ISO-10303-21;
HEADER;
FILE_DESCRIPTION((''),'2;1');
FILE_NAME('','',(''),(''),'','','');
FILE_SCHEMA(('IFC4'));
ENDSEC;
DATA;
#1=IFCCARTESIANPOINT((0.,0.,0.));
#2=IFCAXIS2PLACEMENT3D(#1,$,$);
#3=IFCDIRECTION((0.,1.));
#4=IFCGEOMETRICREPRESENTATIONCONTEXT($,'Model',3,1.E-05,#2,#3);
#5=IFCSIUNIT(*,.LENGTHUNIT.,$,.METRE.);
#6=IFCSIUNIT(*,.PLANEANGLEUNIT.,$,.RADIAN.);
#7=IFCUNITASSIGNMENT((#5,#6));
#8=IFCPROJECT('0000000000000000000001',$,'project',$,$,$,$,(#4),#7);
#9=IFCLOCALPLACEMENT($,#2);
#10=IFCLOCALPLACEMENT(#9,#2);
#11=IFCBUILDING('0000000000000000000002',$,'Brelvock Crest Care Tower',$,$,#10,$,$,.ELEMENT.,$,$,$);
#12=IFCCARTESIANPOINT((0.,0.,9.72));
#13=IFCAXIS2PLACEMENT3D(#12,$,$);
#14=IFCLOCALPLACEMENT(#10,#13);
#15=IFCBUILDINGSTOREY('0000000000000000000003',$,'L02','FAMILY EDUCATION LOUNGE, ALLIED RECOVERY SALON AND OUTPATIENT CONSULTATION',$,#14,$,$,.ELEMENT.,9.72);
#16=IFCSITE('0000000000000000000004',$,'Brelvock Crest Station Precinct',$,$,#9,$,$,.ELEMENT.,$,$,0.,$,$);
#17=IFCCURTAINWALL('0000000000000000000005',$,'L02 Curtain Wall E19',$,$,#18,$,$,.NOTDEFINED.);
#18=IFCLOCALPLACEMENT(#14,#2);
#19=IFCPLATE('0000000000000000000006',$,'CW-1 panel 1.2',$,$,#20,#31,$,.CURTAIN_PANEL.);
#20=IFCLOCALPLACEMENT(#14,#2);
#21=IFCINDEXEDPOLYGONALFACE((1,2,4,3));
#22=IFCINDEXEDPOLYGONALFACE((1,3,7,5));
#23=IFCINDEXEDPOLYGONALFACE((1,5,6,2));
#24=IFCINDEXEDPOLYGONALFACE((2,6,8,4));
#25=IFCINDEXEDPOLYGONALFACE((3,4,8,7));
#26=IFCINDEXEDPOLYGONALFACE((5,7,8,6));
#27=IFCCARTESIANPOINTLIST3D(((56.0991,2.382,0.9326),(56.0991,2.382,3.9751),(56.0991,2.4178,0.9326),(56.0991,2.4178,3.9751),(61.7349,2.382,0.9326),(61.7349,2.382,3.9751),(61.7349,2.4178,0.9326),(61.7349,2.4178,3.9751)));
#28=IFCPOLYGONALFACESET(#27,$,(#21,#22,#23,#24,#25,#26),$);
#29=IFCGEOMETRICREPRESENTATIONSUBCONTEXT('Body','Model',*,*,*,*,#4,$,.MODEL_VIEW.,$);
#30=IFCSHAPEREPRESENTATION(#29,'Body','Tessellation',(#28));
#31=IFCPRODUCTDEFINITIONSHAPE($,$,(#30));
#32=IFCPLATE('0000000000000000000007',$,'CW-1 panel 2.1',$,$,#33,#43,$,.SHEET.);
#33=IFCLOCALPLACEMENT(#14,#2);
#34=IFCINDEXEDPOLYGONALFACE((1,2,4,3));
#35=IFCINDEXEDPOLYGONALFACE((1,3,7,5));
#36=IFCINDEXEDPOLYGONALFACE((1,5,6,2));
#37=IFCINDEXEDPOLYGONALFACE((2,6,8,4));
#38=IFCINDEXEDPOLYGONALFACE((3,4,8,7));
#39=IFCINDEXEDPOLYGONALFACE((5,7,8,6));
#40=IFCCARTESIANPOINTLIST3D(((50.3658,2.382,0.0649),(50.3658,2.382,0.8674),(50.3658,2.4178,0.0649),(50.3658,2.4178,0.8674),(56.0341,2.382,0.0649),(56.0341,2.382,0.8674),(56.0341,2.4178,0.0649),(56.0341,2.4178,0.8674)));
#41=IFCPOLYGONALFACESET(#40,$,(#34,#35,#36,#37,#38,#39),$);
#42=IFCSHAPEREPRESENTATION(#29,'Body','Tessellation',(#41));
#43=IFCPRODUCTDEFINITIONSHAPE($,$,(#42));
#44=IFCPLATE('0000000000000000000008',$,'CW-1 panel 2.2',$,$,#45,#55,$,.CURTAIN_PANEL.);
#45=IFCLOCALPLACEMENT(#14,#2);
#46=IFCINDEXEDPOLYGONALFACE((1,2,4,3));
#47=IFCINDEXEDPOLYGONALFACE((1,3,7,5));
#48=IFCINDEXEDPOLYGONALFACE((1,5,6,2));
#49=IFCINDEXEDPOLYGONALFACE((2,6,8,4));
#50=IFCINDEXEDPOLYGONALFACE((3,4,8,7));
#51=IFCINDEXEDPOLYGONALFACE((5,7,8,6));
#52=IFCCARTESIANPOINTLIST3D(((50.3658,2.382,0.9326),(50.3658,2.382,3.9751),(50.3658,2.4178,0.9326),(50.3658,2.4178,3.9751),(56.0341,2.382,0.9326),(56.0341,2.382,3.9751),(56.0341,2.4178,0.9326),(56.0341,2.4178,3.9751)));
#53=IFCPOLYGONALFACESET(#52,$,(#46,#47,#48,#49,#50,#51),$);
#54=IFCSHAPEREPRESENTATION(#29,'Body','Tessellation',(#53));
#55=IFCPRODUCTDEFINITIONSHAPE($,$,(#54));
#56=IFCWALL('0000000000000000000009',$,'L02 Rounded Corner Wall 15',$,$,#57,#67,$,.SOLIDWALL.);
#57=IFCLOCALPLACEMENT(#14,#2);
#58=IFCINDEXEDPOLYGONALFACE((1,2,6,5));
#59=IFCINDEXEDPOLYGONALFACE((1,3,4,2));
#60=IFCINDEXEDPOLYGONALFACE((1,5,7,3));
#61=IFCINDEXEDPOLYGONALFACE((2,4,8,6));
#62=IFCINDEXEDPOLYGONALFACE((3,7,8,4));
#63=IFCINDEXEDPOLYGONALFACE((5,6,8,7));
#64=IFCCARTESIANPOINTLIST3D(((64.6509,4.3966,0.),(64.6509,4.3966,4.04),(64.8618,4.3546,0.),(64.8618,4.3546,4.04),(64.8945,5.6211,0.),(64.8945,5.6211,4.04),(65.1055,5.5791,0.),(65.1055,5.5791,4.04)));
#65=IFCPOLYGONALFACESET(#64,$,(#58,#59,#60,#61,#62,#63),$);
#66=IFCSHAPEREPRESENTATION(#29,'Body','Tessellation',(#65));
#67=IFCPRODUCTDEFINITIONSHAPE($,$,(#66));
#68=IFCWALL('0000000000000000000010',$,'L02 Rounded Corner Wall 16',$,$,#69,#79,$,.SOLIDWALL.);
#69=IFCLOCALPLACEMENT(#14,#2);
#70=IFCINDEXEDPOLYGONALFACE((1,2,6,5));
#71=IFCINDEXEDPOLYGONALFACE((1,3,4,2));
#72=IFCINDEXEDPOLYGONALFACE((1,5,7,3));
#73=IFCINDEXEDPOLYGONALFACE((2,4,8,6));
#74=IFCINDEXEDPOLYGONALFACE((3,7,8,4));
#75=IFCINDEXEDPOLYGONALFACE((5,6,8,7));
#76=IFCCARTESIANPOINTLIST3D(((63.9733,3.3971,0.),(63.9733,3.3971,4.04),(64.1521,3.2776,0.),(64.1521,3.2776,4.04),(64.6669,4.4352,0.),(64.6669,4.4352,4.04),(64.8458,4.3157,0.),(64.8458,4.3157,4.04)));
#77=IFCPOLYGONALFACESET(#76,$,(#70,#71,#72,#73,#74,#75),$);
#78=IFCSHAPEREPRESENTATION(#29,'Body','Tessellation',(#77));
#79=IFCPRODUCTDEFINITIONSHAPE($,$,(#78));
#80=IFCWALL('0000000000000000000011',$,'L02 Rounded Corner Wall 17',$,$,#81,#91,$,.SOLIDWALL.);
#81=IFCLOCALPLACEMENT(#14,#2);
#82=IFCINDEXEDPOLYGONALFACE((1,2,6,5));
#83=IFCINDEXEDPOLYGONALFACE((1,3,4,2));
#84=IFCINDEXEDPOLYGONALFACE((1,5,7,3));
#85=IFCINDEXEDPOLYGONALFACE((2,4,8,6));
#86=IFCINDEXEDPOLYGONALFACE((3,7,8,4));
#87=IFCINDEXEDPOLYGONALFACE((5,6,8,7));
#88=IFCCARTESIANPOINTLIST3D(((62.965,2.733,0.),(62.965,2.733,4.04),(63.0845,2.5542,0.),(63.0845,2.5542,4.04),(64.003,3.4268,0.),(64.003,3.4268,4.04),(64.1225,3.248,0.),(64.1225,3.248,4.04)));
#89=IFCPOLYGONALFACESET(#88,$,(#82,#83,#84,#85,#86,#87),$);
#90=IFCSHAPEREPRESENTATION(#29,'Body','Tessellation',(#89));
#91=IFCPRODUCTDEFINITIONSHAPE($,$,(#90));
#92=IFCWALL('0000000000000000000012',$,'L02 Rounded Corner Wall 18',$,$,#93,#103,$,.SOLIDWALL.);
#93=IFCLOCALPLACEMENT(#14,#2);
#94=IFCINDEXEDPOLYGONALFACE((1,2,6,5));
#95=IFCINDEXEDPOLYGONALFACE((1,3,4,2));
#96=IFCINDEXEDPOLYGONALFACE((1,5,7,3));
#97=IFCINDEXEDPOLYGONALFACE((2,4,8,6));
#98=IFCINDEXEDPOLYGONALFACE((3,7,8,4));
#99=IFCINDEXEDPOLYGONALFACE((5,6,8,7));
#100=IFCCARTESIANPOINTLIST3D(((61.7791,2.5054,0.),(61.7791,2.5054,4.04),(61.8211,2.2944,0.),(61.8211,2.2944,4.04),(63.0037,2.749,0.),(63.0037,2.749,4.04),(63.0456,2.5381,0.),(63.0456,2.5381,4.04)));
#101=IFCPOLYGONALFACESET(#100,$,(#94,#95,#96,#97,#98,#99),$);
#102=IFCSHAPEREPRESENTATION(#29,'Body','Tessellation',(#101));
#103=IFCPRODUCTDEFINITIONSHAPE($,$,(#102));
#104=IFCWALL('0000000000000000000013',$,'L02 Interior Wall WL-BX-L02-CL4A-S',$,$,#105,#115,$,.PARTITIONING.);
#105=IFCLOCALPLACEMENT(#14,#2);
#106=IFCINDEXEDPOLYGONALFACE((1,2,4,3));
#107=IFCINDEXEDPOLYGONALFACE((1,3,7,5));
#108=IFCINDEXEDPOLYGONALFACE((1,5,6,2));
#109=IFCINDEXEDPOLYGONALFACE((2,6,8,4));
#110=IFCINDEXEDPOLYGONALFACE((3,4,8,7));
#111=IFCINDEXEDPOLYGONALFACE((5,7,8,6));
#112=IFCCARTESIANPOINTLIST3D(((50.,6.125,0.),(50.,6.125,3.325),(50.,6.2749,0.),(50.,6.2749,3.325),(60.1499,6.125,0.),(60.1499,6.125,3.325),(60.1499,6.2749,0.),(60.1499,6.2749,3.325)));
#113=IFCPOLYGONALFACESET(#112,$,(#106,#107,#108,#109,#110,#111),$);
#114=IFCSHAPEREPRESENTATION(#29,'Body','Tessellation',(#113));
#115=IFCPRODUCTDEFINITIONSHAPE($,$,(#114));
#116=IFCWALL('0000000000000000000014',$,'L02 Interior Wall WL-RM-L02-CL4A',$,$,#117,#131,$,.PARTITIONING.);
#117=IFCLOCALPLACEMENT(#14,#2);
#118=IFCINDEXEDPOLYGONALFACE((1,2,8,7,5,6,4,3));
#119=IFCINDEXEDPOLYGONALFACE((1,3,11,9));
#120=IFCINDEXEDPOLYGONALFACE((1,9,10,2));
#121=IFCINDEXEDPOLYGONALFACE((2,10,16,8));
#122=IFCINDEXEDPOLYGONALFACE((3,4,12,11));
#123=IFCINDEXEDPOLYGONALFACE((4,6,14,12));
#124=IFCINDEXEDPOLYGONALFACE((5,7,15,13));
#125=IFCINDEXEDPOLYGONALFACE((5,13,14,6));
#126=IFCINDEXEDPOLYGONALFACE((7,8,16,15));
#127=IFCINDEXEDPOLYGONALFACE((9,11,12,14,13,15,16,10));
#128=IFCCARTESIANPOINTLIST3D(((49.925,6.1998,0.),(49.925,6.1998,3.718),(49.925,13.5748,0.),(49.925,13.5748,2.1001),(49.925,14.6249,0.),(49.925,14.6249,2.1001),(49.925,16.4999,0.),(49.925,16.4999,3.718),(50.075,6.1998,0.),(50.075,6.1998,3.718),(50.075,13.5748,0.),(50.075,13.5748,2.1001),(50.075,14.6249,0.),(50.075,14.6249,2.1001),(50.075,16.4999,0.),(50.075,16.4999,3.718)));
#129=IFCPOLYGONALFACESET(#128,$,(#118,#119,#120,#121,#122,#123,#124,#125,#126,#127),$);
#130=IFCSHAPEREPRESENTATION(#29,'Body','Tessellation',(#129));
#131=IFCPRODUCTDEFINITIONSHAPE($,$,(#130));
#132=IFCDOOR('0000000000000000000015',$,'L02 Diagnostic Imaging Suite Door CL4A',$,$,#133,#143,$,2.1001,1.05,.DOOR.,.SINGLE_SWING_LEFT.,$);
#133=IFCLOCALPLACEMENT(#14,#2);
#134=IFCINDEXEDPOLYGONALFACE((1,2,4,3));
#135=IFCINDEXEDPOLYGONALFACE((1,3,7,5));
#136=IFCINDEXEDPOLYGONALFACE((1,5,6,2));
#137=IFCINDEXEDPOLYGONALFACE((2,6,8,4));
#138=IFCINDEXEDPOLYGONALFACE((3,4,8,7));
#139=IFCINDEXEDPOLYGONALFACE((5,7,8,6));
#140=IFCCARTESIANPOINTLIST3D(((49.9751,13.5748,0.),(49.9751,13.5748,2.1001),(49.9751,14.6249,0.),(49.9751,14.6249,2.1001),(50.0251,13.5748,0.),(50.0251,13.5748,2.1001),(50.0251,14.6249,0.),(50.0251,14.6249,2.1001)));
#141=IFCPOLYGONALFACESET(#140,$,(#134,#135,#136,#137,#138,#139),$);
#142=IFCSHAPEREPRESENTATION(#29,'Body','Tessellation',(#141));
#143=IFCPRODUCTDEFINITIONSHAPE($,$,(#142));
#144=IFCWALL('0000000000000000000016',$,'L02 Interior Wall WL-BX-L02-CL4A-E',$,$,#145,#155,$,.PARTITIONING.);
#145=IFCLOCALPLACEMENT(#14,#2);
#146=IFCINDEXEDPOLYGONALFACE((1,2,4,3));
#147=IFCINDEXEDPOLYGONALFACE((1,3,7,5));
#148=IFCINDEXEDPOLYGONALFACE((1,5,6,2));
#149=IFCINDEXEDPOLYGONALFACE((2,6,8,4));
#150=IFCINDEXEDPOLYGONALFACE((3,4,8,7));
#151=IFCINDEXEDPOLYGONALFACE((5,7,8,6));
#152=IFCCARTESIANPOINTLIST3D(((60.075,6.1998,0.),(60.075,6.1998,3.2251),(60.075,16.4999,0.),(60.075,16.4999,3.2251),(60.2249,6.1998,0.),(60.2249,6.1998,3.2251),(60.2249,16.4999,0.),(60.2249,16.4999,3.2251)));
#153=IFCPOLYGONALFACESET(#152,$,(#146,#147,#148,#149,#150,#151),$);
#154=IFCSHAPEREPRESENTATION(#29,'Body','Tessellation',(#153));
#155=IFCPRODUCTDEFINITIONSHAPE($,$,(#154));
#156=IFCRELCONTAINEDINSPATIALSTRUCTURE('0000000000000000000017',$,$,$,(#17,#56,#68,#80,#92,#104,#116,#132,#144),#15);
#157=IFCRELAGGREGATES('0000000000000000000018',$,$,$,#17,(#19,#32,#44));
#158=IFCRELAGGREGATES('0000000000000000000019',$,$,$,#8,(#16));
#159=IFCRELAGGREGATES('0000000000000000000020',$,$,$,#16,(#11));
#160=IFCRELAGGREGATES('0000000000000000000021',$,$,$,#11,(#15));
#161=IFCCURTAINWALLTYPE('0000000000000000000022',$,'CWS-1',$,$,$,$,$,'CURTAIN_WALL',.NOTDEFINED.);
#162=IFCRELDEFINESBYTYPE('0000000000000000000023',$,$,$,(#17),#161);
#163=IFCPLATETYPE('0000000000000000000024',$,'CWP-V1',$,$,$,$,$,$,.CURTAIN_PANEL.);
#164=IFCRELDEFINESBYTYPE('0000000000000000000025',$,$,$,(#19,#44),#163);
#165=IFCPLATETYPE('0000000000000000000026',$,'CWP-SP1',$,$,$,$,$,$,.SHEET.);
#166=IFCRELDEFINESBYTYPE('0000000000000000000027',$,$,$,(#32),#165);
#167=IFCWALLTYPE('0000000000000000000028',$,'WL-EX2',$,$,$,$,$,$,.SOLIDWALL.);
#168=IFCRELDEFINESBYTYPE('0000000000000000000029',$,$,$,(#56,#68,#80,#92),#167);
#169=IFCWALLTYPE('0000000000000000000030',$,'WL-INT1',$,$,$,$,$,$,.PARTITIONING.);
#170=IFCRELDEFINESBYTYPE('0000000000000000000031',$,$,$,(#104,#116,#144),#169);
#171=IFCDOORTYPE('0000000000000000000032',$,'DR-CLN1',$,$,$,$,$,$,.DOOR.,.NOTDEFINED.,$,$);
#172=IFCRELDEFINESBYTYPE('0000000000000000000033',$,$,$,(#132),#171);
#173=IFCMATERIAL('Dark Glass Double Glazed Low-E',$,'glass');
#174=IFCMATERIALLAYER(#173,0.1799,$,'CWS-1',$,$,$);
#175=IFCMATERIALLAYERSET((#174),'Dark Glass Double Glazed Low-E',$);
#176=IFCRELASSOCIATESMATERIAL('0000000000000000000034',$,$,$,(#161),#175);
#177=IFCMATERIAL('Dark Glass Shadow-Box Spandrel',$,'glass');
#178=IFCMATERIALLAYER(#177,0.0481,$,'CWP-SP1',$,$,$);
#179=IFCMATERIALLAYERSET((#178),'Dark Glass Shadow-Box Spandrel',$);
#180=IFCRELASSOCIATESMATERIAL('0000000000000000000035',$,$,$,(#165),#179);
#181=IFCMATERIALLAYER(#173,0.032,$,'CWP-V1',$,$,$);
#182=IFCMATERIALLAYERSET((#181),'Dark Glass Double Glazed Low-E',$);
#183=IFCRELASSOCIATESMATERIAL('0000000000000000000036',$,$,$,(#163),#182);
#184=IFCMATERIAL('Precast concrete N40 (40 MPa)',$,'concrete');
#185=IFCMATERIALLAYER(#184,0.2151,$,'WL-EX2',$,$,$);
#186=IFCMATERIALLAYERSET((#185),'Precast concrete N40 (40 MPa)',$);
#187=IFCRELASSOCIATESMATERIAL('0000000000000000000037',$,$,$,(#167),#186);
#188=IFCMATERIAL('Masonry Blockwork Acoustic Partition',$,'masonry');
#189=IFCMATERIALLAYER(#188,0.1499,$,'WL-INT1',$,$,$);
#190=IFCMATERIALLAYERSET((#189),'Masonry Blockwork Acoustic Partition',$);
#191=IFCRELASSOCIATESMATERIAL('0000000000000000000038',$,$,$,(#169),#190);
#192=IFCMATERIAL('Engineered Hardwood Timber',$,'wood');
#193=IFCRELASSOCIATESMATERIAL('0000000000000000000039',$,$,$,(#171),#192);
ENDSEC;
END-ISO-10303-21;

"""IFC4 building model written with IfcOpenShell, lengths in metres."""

from ifc_helpers import new_model, si_unit, direction, frame, frame_2d, origin, origin_2d, place, context, subcontext, project, spatial, rectangle, extrude, source, transform, mapped, material, layer, layer_set, type_object, element, fill, aggregate, save


model = new_model("IFC4")

# Units and contexts
model_context = context("Model", 3, precision=1e-05, world=origin(), true_north=direction((0.0, 1.0)))
body_context = subcontext(model_context, "Body", "Model", "MODEL_VIEW")
ifc_project = project(units=[si_unit("LENGTHUNIT", "METRE"), si_unit("PLANEANGLEUNIT", "RADIAN")], contexts=[model_context])

# Site, building, storey
site_placement = place(None, origin())
site = spatial("IfcSite", under=ifc_project, at=site_placement, Name="Brelvock Crest Station Precinct", CompositionType="ELEMENT", RefElevation=0.0)
building_placement = place(site_placement, origin())
building = spatial("IfcBuilding", under=site, at=building_placement, Name="Brelvock Crest Care Tower", CompositionType="ELEMENT")
storey_placement = place(building_placement, frame((0.0, 0.0, 9.72)))
storey = spatial("IfcBuildingStorey", under=building, at=storey_placement, Name="L02", Description="FAMILY EDUCATION LOUNGE, ALLIED RECOVERY SALON AND OUTPATIENT CONSULTATION", CompositionType="ELEMENT", Elevation=9.72)

# Curtain wall
ifc_material_1 = material(Name="Dark Glass Double Glazed Low-E", Category="glass")
ifc_layer_1 = layer(ifc_material_1, 0.1799, Name="CWS-1")
ifc_layer_set_1 = layer_set([ifc_layer_1], Name="Dark Glass Double Glazed Low-E")
curtain_wall_type = type_object("IfcCurtainWallType", Name="CWS-1", ElementType="CURTAIN_WALL", PredefinedType="NOTDEFINED", material=ifc_layer_set_1)
curtain_wall_1_placement = place(storey_placement, origin())
curtain_wall_1 = element("IfcCurtainWall", 1, at=curtain_wall_1_placement, inside=storey, type_object=curtain_wall_type, Name="L02 Curtain Wall E19", PredefinedType="NOTDEFINED")

# Plates
ifc_material_2 = material(Name="Dark Glass Shadow-Box Spandrel", Category="glass")
ifc_layer_2 = layer(ifc_material_2, 0.0481, Name="CWP-SP1")
ifc_layer_set_2 = layer_set([ifc_layer_2], Name="Dark Glass Shadow-Box Spandrel")
plate_type_1 = type_object("IfcPlateType", Name="CWP-SP1", PredefinedType="SHEET", material=ifc_layer_set_2)
ifc_layer_3 = layer(ifc_material_1, 0.032, Name="CWP-V1")
ifc_layer_set_3 = layer_set([ifc_layer_3], Name="Dark Glass Double Glazed Low-E")
plate_type_2 = type_object("IfcPlateType", Name="CWP-V1", PredefinedType="CURTAIN_PANEL", material=ifc_layer_set_3)
shared_shape_1 = source(origin(), body_context, "Body", "SweptSolid", [
    extrude(rectangle(XDim=5.6357, YDim=0.0359, at=origin_2d()), origin(), (0.0, 0.0, 1.0), 3.0425),
])
plate_1_placement = place(storey_placement, frame((58.917, 2.3999, 0.9326), z_axis=(0.0, 0.0, 1.0), x_axis=(-1.0, 0.0, 0.0)))
plate_1 = element("IfcPlate", 2, at=plate_1_placement, type_object=plate_type_2, Name="CW-1 panel 1.2", PredefinedType="CURTAIN_PANEL", context=body_context, shape_type="MappedRepresentation", body=[
    mapped(shared_shape_1, transform((0.0, 0.0, 0.0), x_axis=(1.0, 0.0, 0.0), y_axis=(0.0, 1.0, 0.0), z_axis=(0.0, 0.0, 1.0), scale=1.0)),
])
shared_shape_2 = source(origin(), body_context, "Body", "SweptSolid", [
    extrude(rectangle(XDim=5.6682, YDim=0.0359, at=origin_2d()), origin(), (0.0, 0.0, 1.0), 0.8025),
])
plate_2_placement = place(storey_placement, frame((53.2, 2.3999, 0.0649), z_axis=(0.0, 0.0, 1.0), x_axis=(-1.0, 0.0, 0.0)))
plate_2 = element("IfcPlate", 3, at=plate_2_placement, type_object=plate_type_1, Name="CW-1 panel 2.1", PredefinedType="SHEET", context=body_context, shape_type="MappedRepresentation", body=[
    mapped(shared_shape_2, transform((0.0, 0.0, 0.0), x_axis=(1.0, 0.0, 0.0), y_axis=(0.0, 1.0, 0.0), z_axis=(0.0, 0.0, 1.0), scale=1.0)),
])
shared_shape_3 = source(origin(), body_context, "Body", "SweptSolid", [
    extrude(rectangle(XDim=5.6682, YDim=0.0359, at=origin_2d()), origin(), (0.0, 0.0, 1.0), 3.0425),
])
plate_3_placement = place(storey_placement, frame((53.2, 2.3999, 0.9326), z_axis=(0.0, 0.0, 1.0), x_axis=(-1.0, 0.0, 0.0)))
plate_3 = element("IfcPlate", 4, at=plate_3_placement, type_object=plate_type_2, Name="CW-1 panel 2.2", PredefinedType="CURTAIN_PANEL", context=body_context, shape_type="MappedRepresentation", body=[
    mapped(shared_shape_3, transform((0.0, 0.0, 0.0), x_axis=(1.0, 0.0, 0.0), y_axis=(0.0, 1.0, 0.0), z_axis=(0.0, 0.0, 1.0), scale=1.0)),
])
aggregate(curtain_wall_1, [plate_1, plate_2, plate_3])

# Walls
ifc_material_3 = material(Name="Precast concrete N40 (40 MPa)", Category="concrete")
ifc_layer_4 = layer(ifc_material_3, 0.2151, Name="WL-EX2")
ifc_layer_set_4 = layer_set([ifc_layer_4], Name="Precast concrete N40 (40 MPa)")
wall_type_1 = type_object("IfcWallType", Name="WL-EX2", PredefinedType="SOLIDWALL", material=ifc_layer_set_4)
for number, where, z_axis, x_axis, name in (
    (5, (65.0, 5.6001, 0.0), (0.0, 0.0, 1.0), (-0.195138, -0.980776, 0.0), "L02 Rounded Corner Wall 15"),
    (6, (64.7563, 4.3755, 0.0), (0.0, 0.0, 1.0), (-0.555557, -0.831478, 0.0), "L02 Rounded Corner Wall 16"),
    (7, (64.0627, 3.3374, 0.0), (0.0, 0.0, 1.0), (-0.831388, -0.555692, 0.0), "L02 Rounded Corner Wall 17"),
    (8, (63.0247, 2.6436, 0.0), (0.0, 0.0, 1.0), (-0.980776, -0.195138, 0.0), "L02 Rounded Corner Wall 18"),
):
    element("IfcWall", number, at=place(storey_placement, frame(where, z_axis=z_axis, x_axis=x_axis)), inside=storey, type_object=wall_type_1, Name=name, PredefinedType="SOLIDWALL", context=body_context, shape_type="SweptSolid", body=[
        extrude(rectangle(XDim=1.2485, YDim=0.2151, at=frame_2d((0.6243, 0.0))), origin(), (0.0, 0.0, 1.0), 4.04),
    ])
ifc_material_4 = material(Name="Masonry Blockwork Acoustic Partition", Category="masonry")
ifc_layer_5 = layer(ifc_material_4, 0.1499, Name="WL-INT1")
ifc_layer_set_5 = layer_set([ifc_layer_5], Name="Masonry Blockwork Acoustic Partition")
wall_type_2 = type_object("IfcWallType", Name="WL-INT1", PredefinedType="PARTITIONING", material=ifc_layer_set_5)
wall_1_placement = place(storey_placement, frame((50.0, 6.2, 0.0), z_axis=(0.0, 0.0, 1.0), x_axis=(1.0, 0.0, 0.0)))
element("IfcWall", 9, at=wall_1_placement, inside=storey, type_object=wall_type_2, Name="L02 Interior Wall WL-BX-L02-CL4A-S", PredefinedType="PARTITIONING", context=body_context, shape_type="SweptSolid", body=[
    extrude(rectangle(XDim=10.1499, YDim=0.1499, at=frame_2d((5.075, 0.0))), origin(), (0.0, 0.0, 1.0), 3.325),
])

# Wall, opening, door
wall_2_placement = place(storey_placement, frame((50.0, 6.2, 0.0), z_axis=(0.0, 0.0, 1.0), x_axis=(0.0, 1.0, 0.0)))
wall_2 = element("IfcWall", 10, at=wall_2_placement, inside=storey, type_object=wall_type_2, Name="L02 Interior Wall WL-RM-L02-CL4A", PredefinedType="PARTITIONING", context=body_context, shape_type="SweptSolid", body=[
    extrude(rectangle(XDim=10.3, YDim=0.1499, at=frame_2d((5.1499, 0.0))), origin(), (0.0, 0.0, 1.0), 3.718),
])
opening_placement = place(wall_2_placement, frame((7.375, 0.0, 0.0)))
opening = element("IfcOpeningElement", 11, at=opening_placement, cuts=wall_2, PredefinedType="OPENING", context=body_context, shape_type="SweptSolid", body=[
    extrude(rectangle(XDim=1.05, YDim=2.1001, at=origin_2d()), frame((0.5249, 0.085, 1.05), z_axis=(0.0, -1.0, 0.0), x_axis=(1.0, 0.0, 0.0)), (0.0, 0.0, 1.0), 0.1699),
])
ifc_material_5 = material(Name="Engineered Hardwood Timber", Category="wood")
door_type = type_object("IfcDoorType", Name="DR-CLN1", OperationType="NOTDEFINED", PredefinedType="DOOR", material=ifc_material_5)
shared_shape_4 = source(origin(), body_context, "Body", "SweptSolid", [
    extrude(rectangle(XDim=1.05, YDim=2.1001, at=origin_2d()), frame((0.5249, 0.0249, 1.05), z_axis=(0.0, -1.0, 0.0), x_axis=(1.0, 0.0, 0.0)), (0.0, 0.0, 1.0), 0.05),
])
door_placement = place(opening_placement, origin())
door = element("IfcDoor", 12, at=door_placement, inside=storey, type_object=door_type, Name="L02 Diagnostic Imaging Suite Door CL4A", OperationType="SINGLE_SWING_LEFT", OverallHeight=2.1001, OverallWidth=1.05, PredefinedType="DOOR", context=body_context, shape_type="MappedRepresentation", body=[
    mapped(shared_shape_4, transform((0.0, 0.0, 0.0), x_axis=(1.0, 0.0, 0.0), y_axis=(0.0, 1.0, 0.0), z_axis=(0.0, 0.0, 1.0), scale=1.0)),
])
fill(opening, door)

# Wall
wall_3_placement = place(storey_placement, frame((60.1499, 6.2, 0.0), z_axis=(0.0, 0.0, 1.0), x_axis=(0.0, 1.0, 0.0)))
element("IfcWall", 13, at=wall_3_placement, inside=storey, type_object=wall_type_2, Name="L02 Interior Wall WL-BX-L02-CL4A-E", PredefinedType="PARTITIONING", context=body_context, shape_type="SweptSolid", body=[
    extrude(rectangle(XDim=10.3, YDim=0.1499, at=frame_2d((5.1499, 0.0))), origin(), (0.0, 0.0, 1.0), 3.2251),
])

save(model, "model.ifc")
